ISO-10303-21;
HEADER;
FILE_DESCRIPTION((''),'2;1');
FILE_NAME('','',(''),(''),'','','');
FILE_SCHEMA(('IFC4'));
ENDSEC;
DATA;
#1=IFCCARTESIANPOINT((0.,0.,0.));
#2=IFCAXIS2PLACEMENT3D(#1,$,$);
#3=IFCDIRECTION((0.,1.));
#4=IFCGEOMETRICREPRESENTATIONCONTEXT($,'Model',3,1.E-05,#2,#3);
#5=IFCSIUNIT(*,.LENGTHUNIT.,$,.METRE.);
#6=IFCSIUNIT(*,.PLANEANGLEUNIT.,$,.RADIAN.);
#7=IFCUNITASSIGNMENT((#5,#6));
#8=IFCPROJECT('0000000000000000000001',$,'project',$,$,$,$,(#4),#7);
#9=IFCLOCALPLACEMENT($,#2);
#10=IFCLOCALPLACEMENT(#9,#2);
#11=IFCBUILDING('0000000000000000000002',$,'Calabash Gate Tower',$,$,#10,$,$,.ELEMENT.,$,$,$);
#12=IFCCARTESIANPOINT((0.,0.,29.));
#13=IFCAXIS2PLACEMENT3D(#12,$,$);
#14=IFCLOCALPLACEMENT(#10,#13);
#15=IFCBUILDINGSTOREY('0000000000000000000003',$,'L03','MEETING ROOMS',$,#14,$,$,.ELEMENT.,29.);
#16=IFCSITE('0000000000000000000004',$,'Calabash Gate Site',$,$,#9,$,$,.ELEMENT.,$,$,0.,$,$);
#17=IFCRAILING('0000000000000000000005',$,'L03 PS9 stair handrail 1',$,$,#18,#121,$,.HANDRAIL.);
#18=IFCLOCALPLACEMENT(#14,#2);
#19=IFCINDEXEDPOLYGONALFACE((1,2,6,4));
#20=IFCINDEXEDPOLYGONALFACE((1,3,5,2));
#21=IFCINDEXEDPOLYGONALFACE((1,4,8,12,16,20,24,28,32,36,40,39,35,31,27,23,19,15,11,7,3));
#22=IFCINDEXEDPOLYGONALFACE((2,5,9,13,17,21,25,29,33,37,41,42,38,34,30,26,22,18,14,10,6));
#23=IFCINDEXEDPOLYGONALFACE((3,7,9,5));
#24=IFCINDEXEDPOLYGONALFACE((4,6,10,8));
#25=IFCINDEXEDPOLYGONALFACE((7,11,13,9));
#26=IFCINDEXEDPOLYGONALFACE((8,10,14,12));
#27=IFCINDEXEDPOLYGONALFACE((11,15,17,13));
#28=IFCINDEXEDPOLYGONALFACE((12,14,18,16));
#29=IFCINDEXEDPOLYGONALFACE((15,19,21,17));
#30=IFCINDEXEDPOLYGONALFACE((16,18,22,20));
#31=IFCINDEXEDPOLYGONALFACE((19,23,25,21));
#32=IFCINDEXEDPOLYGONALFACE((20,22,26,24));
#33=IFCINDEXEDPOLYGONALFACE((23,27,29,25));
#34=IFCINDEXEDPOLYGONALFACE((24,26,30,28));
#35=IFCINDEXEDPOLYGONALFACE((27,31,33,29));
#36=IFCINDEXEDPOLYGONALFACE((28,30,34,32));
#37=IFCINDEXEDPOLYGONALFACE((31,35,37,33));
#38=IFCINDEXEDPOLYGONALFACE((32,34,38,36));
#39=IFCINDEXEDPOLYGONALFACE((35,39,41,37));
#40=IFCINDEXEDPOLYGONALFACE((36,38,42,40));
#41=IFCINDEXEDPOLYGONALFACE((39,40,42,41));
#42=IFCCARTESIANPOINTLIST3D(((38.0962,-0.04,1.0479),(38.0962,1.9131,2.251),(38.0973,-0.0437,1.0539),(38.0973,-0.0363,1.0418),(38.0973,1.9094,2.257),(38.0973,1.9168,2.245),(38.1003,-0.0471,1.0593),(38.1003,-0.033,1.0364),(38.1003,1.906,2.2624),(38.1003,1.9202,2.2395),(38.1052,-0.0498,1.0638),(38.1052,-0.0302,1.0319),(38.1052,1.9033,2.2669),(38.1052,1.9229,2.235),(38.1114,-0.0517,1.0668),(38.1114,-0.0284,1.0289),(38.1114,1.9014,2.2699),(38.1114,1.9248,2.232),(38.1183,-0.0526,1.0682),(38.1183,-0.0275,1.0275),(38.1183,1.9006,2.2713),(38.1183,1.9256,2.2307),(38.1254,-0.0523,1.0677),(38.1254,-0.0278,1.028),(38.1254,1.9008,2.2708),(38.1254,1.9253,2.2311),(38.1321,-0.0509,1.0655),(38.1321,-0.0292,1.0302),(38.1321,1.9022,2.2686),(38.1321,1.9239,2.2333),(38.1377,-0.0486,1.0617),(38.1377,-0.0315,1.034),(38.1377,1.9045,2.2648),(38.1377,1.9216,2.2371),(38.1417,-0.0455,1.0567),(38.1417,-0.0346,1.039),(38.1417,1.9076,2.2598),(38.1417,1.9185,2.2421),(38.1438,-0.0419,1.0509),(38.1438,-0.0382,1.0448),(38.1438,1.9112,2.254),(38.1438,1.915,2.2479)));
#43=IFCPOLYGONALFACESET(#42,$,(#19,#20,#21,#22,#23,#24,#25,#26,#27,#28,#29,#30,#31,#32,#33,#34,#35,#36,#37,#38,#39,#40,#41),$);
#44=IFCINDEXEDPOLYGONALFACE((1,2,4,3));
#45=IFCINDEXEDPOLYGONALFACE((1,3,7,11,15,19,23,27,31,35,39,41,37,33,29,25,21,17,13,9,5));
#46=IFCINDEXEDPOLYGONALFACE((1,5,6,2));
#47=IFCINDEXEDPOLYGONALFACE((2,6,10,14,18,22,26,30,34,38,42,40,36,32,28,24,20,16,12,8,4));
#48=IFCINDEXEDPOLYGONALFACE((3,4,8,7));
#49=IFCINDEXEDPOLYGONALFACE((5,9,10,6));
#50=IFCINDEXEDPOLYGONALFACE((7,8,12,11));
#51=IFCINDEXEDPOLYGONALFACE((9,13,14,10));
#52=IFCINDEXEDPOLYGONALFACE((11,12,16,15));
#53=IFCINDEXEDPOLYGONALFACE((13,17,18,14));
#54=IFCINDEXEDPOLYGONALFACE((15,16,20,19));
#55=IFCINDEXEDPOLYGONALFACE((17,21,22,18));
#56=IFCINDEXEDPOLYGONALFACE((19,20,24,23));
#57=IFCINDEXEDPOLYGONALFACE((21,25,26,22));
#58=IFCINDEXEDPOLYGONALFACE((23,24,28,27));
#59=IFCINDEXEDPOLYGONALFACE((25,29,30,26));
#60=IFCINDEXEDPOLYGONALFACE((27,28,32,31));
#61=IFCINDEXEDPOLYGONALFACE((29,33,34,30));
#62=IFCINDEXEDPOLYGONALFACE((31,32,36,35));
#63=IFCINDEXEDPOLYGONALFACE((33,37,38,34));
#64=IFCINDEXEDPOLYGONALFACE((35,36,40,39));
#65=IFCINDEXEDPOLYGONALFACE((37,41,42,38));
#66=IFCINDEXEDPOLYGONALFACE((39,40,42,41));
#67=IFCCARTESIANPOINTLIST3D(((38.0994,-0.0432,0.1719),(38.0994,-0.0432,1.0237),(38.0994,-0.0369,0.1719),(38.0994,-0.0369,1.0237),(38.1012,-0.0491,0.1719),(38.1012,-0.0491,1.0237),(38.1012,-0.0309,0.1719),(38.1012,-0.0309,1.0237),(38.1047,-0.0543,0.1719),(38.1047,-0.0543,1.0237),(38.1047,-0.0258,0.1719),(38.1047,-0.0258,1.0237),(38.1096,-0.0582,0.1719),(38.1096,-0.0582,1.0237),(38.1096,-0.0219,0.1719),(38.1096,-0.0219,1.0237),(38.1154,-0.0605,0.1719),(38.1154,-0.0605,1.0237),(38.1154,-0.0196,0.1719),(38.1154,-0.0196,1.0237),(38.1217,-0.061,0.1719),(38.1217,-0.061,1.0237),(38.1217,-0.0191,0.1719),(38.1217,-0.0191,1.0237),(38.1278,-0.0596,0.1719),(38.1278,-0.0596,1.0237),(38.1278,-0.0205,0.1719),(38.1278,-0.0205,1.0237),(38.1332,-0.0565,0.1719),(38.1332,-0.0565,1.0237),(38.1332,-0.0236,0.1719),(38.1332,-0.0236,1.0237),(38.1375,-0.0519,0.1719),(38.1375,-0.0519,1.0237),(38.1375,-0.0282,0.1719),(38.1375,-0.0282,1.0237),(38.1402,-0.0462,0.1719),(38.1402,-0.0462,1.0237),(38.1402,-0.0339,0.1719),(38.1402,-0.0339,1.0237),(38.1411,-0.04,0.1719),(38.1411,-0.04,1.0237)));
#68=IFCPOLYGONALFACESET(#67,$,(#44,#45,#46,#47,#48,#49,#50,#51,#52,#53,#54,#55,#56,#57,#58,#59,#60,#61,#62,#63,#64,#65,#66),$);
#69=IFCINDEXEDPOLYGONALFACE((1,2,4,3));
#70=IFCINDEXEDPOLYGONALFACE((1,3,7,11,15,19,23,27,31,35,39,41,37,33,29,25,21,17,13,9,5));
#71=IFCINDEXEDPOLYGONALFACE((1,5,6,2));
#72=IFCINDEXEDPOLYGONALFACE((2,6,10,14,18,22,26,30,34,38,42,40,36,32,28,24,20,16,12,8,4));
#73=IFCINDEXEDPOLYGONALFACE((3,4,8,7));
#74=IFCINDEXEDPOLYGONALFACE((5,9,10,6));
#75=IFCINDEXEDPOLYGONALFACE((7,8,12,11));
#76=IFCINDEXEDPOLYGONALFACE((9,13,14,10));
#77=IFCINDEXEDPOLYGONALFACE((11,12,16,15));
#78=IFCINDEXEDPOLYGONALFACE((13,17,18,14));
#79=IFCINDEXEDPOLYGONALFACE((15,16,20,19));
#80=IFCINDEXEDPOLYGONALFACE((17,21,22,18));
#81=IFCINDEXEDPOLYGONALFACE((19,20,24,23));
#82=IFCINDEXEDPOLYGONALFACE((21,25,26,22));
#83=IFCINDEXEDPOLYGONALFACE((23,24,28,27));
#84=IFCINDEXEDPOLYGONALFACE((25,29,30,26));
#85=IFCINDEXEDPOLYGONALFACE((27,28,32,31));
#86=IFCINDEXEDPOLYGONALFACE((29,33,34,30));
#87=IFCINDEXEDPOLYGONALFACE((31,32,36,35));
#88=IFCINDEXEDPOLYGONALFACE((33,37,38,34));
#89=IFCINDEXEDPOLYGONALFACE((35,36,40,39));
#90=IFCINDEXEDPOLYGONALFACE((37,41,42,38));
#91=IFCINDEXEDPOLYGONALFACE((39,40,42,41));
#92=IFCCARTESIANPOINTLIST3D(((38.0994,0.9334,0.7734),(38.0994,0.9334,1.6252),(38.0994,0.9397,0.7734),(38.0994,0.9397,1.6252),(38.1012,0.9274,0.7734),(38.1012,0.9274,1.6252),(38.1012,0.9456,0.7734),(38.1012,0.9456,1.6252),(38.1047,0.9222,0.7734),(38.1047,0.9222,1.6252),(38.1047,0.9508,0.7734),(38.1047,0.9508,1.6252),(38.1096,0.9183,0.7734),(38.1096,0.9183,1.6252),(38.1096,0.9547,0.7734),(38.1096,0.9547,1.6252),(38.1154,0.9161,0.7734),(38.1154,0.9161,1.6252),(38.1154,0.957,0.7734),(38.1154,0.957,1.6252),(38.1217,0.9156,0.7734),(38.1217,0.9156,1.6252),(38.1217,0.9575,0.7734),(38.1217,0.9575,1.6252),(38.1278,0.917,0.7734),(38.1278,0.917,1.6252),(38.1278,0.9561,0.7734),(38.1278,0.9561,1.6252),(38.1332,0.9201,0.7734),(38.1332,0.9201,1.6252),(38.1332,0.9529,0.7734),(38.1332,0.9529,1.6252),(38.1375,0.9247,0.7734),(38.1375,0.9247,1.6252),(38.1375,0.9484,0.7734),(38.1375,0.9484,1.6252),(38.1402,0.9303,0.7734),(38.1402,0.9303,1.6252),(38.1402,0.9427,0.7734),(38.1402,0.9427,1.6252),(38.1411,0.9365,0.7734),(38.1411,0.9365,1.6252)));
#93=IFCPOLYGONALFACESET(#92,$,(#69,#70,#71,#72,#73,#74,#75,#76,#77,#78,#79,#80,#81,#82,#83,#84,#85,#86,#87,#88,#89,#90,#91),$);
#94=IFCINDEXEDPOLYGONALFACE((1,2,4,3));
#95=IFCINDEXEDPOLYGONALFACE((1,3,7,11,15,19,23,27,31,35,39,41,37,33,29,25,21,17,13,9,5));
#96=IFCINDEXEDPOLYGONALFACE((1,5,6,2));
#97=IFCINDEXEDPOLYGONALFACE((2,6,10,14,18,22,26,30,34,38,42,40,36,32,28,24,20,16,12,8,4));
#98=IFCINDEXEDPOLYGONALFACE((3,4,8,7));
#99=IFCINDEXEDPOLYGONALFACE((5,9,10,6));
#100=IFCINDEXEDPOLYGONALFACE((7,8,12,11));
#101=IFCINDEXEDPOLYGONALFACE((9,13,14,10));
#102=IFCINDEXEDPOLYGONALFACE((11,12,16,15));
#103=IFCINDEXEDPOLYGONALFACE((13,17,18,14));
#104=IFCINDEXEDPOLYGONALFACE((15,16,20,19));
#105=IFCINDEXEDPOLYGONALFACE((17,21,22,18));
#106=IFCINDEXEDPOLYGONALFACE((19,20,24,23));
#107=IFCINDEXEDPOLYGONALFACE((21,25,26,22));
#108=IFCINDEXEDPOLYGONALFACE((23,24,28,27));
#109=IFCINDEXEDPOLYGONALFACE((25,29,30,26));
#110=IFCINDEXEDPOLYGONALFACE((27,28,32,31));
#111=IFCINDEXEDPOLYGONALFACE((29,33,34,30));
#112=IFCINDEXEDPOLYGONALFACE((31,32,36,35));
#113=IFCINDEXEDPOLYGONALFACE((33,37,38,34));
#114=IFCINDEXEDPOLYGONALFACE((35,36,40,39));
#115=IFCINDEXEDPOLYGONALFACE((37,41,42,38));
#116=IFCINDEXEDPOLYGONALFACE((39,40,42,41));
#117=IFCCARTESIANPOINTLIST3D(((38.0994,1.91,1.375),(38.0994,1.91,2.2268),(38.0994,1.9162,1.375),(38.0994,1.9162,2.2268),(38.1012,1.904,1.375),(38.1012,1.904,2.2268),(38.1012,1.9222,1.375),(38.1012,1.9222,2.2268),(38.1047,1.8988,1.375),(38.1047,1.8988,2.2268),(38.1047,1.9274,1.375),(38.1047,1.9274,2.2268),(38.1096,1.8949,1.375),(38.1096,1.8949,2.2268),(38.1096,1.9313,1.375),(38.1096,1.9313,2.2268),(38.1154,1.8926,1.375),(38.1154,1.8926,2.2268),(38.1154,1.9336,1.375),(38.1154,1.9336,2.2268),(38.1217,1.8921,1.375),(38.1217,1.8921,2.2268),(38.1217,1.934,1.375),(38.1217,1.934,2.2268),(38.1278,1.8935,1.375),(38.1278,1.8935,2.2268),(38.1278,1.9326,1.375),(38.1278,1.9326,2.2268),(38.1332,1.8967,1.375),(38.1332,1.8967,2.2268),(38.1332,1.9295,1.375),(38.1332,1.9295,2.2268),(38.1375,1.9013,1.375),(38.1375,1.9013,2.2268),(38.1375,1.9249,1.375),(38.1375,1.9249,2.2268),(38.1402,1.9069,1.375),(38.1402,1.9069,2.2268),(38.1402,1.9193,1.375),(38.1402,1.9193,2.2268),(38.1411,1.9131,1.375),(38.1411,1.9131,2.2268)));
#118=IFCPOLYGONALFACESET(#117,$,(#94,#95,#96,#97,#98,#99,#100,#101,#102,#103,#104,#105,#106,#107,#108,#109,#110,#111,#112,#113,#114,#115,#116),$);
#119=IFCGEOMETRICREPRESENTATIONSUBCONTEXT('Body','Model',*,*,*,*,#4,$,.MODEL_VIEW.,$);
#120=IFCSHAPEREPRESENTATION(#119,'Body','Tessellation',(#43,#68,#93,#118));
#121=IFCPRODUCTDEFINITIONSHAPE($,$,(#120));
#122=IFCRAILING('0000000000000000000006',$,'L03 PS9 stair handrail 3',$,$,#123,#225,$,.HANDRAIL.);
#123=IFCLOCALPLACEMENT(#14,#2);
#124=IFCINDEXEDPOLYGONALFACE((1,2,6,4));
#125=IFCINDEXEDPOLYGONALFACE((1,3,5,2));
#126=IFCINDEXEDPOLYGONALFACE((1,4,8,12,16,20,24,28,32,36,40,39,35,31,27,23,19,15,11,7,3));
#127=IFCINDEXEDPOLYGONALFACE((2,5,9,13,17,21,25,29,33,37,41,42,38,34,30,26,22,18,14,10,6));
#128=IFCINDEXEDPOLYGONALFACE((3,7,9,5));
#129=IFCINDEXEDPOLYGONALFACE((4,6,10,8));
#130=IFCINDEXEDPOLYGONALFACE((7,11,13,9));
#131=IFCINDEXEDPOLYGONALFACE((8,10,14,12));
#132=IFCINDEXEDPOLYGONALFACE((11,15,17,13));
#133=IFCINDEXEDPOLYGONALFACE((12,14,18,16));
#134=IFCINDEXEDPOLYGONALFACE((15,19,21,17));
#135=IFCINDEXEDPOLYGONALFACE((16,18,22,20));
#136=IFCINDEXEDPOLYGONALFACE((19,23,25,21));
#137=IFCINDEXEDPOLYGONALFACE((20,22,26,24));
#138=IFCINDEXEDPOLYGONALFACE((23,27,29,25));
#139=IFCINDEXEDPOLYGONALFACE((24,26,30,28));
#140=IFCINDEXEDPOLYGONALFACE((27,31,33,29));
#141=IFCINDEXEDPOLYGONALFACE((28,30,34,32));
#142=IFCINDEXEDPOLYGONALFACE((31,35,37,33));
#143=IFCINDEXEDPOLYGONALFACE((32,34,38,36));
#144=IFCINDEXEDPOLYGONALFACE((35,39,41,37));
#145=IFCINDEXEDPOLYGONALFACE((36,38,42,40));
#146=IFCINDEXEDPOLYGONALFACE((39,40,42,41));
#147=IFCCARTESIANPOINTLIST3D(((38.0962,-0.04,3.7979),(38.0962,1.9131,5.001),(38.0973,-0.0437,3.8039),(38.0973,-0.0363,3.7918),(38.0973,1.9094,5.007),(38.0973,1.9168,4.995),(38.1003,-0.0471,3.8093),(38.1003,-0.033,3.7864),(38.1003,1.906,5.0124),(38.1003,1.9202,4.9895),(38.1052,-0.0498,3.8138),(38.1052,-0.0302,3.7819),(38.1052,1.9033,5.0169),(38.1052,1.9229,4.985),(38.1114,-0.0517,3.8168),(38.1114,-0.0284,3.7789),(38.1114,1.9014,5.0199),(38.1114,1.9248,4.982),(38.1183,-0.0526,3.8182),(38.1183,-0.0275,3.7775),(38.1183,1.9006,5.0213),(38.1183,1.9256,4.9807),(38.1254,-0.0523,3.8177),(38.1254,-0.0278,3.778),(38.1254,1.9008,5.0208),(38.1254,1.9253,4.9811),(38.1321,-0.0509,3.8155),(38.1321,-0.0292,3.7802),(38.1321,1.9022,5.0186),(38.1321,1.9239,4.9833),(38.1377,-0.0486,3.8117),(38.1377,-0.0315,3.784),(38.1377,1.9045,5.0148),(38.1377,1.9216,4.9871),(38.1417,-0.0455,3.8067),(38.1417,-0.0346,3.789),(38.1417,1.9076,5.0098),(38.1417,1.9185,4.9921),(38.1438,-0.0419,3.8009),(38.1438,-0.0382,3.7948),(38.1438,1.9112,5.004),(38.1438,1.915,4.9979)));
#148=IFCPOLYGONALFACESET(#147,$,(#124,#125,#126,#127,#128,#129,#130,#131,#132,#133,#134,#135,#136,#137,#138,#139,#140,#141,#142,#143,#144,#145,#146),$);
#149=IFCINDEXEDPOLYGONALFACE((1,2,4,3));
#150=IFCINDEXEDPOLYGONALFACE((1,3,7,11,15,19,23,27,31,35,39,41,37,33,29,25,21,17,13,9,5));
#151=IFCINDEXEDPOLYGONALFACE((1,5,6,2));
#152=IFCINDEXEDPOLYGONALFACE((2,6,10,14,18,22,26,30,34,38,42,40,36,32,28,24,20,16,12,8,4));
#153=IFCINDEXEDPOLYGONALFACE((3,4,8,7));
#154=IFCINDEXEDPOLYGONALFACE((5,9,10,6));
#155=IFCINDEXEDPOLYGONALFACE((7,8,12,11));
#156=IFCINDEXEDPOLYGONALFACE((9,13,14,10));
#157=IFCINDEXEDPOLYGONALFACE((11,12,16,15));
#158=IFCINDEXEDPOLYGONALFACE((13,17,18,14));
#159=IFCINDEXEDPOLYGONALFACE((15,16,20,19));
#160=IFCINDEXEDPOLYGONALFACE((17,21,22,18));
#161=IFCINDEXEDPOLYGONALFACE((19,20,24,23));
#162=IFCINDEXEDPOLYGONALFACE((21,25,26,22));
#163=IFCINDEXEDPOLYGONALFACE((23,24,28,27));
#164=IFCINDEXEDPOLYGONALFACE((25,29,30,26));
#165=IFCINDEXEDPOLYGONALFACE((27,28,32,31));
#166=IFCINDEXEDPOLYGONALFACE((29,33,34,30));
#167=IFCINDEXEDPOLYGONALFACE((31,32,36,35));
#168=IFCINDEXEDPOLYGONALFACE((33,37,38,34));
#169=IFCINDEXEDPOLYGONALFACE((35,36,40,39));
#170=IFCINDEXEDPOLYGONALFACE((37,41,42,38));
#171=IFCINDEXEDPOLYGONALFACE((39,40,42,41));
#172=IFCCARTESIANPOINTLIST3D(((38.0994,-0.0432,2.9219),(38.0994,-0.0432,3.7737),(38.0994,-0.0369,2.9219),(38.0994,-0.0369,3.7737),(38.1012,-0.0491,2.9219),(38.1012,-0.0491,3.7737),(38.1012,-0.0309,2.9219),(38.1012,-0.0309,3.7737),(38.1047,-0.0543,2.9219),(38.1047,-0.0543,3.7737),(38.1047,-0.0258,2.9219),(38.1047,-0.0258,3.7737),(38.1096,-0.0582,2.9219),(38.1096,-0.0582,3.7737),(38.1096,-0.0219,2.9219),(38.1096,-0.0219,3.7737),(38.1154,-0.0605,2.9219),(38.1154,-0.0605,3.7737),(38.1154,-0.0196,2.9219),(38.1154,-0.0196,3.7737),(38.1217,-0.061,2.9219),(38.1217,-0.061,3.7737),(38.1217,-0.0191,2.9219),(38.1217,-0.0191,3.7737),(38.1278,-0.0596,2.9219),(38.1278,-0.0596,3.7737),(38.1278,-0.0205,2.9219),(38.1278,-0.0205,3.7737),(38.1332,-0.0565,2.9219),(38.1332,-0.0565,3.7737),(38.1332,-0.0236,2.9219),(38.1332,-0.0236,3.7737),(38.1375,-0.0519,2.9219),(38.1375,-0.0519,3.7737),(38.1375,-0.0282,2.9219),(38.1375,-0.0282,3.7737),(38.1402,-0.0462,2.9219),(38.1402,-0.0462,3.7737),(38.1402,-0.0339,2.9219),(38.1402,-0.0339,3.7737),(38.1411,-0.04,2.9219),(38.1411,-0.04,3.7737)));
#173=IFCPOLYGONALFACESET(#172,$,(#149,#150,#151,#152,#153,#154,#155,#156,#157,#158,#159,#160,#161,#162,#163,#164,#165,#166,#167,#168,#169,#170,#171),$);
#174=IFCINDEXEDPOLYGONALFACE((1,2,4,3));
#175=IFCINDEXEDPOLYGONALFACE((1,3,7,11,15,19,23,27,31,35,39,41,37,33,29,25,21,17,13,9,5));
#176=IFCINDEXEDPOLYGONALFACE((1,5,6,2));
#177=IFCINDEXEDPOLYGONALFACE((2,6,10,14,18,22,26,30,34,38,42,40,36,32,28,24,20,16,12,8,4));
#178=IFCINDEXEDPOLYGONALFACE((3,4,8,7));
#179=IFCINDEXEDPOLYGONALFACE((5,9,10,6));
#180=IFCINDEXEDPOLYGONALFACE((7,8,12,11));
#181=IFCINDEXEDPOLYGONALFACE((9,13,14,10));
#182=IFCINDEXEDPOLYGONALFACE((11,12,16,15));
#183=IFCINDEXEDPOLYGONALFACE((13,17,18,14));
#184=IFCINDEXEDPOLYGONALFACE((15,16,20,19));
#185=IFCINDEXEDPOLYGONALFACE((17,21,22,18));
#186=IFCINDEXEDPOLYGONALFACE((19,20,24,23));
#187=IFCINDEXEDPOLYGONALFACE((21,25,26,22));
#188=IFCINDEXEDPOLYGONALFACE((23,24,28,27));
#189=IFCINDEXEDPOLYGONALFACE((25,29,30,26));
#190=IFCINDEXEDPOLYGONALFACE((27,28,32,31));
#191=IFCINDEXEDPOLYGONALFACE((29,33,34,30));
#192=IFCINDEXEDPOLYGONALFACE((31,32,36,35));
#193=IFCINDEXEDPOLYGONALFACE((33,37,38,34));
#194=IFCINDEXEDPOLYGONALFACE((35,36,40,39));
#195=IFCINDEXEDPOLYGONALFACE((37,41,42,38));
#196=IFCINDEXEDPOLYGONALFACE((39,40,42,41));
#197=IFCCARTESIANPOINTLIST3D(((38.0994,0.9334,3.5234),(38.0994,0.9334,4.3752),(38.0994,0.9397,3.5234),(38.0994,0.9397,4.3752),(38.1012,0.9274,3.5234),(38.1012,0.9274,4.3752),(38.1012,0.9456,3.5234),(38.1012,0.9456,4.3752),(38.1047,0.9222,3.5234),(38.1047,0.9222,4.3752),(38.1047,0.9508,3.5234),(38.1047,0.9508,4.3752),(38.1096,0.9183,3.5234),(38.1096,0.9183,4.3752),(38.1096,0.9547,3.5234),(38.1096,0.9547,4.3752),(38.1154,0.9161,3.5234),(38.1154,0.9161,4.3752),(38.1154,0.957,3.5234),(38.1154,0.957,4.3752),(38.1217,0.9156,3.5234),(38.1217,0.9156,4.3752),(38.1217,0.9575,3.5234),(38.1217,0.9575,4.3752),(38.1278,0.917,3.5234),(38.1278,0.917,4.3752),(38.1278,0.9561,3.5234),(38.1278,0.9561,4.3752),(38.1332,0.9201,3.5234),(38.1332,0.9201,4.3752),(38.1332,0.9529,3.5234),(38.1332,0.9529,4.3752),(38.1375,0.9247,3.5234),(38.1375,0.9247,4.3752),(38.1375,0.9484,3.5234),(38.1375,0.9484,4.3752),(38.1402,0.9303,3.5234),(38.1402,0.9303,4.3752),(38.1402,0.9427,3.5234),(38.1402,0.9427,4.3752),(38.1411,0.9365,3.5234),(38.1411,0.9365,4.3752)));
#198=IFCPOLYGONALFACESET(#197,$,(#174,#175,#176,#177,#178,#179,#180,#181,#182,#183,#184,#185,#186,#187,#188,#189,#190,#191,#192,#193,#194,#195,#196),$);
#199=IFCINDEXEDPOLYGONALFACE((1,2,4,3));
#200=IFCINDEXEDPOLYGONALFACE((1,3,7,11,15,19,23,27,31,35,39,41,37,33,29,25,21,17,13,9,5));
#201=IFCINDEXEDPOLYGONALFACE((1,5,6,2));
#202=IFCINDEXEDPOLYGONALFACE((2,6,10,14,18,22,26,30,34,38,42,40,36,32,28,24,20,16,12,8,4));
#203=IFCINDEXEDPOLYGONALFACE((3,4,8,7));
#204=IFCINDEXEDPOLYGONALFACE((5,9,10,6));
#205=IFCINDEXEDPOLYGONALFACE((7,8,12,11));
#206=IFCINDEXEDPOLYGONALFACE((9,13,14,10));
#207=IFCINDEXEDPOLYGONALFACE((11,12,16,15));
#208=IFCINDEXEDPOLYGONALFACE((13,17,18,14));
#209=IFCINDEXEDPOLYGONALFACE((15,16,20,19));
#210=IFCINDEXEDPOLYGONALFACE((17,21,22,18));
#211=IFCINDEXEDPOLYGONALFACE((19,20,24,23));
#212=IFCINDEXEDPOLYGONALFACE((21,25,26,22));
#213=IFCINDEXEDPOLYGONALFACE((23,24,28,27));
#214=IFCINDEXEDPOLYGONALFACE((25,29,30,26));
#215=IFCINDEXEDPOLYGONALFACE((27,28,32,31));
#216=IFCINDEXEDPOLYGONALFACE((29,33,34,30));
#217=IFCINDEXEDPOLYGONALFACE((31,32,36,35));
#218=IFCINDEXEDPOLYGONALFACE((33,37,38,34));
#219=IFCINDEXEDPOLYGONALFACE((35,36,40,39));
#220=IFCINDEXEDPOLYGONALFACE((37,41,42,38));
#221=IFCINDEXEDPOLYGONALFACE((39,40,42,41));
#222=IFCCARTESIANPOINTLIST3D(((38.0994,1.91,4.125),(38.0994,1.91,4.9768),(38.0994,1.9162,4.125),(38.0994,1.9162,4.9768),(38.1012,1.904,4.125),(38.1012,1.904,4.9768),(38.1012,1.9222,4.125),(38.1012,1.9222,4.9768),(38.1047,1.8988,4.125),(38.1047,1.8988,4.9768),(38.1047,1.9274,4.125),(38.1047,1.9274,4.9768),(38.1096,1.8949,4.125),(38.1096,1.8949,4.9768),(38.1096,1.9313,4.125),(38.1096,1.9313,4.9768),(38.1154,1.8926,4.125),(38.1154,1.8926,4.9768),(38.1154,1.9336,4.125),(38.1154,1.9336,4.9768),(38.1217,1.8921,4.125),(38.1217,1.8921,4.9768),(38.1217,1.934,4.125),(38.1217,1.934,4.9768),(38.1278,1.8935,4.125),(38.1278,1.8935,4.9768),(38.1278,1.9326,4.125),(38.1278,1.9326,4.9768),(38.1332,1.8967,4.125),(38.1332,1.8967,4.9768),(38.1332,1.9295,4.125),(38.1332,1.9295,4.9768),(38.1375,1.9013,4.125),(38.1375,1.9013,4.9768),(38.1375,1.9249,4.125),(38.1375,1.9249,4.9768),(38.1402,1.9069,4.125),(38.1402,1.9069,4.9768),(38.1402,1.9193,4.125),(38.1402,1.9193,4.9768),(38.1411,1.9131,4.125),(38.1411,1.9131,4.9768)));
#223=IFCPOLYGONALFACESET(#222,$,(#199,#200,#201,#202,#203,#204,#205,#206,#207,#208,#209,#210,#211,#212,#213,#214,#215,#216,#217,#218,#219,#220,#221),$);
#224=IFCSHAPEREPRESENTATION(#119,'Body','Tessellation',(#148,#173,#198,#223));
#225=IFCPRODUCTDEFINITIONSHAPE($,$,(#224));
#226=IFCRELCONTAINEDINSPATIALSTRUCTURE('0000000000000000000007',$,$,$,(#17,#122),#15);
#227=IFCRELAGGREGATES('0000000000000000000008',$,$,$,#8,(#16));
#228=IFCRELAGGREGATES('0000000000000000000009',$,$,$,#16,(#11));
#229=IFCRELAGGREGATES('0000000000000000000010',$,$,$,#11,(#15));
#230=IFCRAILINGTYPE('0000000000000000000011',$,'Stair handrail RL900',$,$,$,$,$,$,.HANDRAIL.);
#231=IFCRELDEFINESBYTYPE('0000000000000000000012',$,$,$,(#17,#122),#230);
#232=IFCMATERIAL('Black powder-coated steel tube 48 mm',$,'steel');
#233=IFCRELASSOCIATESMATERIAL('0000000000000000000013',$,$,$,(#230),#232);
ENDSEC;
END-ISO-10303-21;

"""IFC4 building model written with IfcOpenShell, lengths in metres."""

from ifc_helpers import new_model, si_unit, direction, frame, origin, origin_2d, place, context, subcontext, project, spatial, circle, extrude, material, type_object, element, save


model = new_model("IFC4")

# Units and contexts
model_context = context("Model", 3, precision=1e-05, world=origin(), true_north=direction((0.0, 1.0)))
body_context = subcontext(model_context, "Body", "Model", "MODEL_VIEW")
ifc_project = project(units=[si_unit("LENGTHUNIT", "METRE"), si_unit("PLANEANGLEUNIT", "RADIAN")], contexts=[model_context])

# Site, building, storey
site_placement = place(None, origin())
site = spatial("IfcSite", under=ifc_project, at=site_placement, Name="Calabash Gate Site", CompositionType="ELEMENT", RefElevation=0.0)
building_placement = place(site_placement, origin())
building = spatial("IfcBuilding", under=site, at=building_placement, Name="Calabash Gate Tower", CompositionType="ELEMENT")
storey_placement = place(building_placement, frame((0.0, 0.0, 29.0)))
storey = spatial("IfcBuildingStorey", under=building, at=storey_placement, Name="L03", Description="MEETING ROOMS", CompositionType="ELEMENT", Elevation=29.0)

# Railings
ifc_material_1 = material(Name="Black powder-coated steel tube 48 mm", Category="steel")
railing_type_1 = type_object("IfcRailingType", Name="Stair handrail RL900", PredefinedType="HANDRAIL", material=ifc_material_1)
for number, where, name in (
    (1, (38.1201, -0.04, 0.1719), "L03 PS9 stair handrail 1"),
    (2, (38.1201, -0.04, 2.9219), "L03 PS9 stair handrail 3"),
):
    element("IfcRailing", number, at=place(storey_placement, frame(where)), inside=storey, type_object=railing_type_1, Name=name, PredefinedType="HANDRAIL", context=body_context, shape_type="SweptSolid", body=[
        extrude(circle(Radius=0.0239, at=origin_2d()), frame((0.0, 0.0, 0.876), z_axis=(0.0, 0.851424, 0.524477), x_axis=(-1.0, 0.0, 0.0)), (0.0, 0.0, 1.0), 2.2939),
        extrude(circle(Radius=0.021, at=origin_2d()), origin(), (0.0, 0.0, 1.0), 0.8518),
        extrude(circle(Radius=0.021, at=origin_2d()), frame((0.0, 0.9766, 0.6016)), (0.0, 0.0, 1.0), 0.8518),
        extrude(circle(Radius=0.021, at=origin_2d()), frame((0.0, 1.9531, 1.2031)), (0.0, 0.0, 1.0), 0.8518),
    ])

save(model, "model.ifc")
